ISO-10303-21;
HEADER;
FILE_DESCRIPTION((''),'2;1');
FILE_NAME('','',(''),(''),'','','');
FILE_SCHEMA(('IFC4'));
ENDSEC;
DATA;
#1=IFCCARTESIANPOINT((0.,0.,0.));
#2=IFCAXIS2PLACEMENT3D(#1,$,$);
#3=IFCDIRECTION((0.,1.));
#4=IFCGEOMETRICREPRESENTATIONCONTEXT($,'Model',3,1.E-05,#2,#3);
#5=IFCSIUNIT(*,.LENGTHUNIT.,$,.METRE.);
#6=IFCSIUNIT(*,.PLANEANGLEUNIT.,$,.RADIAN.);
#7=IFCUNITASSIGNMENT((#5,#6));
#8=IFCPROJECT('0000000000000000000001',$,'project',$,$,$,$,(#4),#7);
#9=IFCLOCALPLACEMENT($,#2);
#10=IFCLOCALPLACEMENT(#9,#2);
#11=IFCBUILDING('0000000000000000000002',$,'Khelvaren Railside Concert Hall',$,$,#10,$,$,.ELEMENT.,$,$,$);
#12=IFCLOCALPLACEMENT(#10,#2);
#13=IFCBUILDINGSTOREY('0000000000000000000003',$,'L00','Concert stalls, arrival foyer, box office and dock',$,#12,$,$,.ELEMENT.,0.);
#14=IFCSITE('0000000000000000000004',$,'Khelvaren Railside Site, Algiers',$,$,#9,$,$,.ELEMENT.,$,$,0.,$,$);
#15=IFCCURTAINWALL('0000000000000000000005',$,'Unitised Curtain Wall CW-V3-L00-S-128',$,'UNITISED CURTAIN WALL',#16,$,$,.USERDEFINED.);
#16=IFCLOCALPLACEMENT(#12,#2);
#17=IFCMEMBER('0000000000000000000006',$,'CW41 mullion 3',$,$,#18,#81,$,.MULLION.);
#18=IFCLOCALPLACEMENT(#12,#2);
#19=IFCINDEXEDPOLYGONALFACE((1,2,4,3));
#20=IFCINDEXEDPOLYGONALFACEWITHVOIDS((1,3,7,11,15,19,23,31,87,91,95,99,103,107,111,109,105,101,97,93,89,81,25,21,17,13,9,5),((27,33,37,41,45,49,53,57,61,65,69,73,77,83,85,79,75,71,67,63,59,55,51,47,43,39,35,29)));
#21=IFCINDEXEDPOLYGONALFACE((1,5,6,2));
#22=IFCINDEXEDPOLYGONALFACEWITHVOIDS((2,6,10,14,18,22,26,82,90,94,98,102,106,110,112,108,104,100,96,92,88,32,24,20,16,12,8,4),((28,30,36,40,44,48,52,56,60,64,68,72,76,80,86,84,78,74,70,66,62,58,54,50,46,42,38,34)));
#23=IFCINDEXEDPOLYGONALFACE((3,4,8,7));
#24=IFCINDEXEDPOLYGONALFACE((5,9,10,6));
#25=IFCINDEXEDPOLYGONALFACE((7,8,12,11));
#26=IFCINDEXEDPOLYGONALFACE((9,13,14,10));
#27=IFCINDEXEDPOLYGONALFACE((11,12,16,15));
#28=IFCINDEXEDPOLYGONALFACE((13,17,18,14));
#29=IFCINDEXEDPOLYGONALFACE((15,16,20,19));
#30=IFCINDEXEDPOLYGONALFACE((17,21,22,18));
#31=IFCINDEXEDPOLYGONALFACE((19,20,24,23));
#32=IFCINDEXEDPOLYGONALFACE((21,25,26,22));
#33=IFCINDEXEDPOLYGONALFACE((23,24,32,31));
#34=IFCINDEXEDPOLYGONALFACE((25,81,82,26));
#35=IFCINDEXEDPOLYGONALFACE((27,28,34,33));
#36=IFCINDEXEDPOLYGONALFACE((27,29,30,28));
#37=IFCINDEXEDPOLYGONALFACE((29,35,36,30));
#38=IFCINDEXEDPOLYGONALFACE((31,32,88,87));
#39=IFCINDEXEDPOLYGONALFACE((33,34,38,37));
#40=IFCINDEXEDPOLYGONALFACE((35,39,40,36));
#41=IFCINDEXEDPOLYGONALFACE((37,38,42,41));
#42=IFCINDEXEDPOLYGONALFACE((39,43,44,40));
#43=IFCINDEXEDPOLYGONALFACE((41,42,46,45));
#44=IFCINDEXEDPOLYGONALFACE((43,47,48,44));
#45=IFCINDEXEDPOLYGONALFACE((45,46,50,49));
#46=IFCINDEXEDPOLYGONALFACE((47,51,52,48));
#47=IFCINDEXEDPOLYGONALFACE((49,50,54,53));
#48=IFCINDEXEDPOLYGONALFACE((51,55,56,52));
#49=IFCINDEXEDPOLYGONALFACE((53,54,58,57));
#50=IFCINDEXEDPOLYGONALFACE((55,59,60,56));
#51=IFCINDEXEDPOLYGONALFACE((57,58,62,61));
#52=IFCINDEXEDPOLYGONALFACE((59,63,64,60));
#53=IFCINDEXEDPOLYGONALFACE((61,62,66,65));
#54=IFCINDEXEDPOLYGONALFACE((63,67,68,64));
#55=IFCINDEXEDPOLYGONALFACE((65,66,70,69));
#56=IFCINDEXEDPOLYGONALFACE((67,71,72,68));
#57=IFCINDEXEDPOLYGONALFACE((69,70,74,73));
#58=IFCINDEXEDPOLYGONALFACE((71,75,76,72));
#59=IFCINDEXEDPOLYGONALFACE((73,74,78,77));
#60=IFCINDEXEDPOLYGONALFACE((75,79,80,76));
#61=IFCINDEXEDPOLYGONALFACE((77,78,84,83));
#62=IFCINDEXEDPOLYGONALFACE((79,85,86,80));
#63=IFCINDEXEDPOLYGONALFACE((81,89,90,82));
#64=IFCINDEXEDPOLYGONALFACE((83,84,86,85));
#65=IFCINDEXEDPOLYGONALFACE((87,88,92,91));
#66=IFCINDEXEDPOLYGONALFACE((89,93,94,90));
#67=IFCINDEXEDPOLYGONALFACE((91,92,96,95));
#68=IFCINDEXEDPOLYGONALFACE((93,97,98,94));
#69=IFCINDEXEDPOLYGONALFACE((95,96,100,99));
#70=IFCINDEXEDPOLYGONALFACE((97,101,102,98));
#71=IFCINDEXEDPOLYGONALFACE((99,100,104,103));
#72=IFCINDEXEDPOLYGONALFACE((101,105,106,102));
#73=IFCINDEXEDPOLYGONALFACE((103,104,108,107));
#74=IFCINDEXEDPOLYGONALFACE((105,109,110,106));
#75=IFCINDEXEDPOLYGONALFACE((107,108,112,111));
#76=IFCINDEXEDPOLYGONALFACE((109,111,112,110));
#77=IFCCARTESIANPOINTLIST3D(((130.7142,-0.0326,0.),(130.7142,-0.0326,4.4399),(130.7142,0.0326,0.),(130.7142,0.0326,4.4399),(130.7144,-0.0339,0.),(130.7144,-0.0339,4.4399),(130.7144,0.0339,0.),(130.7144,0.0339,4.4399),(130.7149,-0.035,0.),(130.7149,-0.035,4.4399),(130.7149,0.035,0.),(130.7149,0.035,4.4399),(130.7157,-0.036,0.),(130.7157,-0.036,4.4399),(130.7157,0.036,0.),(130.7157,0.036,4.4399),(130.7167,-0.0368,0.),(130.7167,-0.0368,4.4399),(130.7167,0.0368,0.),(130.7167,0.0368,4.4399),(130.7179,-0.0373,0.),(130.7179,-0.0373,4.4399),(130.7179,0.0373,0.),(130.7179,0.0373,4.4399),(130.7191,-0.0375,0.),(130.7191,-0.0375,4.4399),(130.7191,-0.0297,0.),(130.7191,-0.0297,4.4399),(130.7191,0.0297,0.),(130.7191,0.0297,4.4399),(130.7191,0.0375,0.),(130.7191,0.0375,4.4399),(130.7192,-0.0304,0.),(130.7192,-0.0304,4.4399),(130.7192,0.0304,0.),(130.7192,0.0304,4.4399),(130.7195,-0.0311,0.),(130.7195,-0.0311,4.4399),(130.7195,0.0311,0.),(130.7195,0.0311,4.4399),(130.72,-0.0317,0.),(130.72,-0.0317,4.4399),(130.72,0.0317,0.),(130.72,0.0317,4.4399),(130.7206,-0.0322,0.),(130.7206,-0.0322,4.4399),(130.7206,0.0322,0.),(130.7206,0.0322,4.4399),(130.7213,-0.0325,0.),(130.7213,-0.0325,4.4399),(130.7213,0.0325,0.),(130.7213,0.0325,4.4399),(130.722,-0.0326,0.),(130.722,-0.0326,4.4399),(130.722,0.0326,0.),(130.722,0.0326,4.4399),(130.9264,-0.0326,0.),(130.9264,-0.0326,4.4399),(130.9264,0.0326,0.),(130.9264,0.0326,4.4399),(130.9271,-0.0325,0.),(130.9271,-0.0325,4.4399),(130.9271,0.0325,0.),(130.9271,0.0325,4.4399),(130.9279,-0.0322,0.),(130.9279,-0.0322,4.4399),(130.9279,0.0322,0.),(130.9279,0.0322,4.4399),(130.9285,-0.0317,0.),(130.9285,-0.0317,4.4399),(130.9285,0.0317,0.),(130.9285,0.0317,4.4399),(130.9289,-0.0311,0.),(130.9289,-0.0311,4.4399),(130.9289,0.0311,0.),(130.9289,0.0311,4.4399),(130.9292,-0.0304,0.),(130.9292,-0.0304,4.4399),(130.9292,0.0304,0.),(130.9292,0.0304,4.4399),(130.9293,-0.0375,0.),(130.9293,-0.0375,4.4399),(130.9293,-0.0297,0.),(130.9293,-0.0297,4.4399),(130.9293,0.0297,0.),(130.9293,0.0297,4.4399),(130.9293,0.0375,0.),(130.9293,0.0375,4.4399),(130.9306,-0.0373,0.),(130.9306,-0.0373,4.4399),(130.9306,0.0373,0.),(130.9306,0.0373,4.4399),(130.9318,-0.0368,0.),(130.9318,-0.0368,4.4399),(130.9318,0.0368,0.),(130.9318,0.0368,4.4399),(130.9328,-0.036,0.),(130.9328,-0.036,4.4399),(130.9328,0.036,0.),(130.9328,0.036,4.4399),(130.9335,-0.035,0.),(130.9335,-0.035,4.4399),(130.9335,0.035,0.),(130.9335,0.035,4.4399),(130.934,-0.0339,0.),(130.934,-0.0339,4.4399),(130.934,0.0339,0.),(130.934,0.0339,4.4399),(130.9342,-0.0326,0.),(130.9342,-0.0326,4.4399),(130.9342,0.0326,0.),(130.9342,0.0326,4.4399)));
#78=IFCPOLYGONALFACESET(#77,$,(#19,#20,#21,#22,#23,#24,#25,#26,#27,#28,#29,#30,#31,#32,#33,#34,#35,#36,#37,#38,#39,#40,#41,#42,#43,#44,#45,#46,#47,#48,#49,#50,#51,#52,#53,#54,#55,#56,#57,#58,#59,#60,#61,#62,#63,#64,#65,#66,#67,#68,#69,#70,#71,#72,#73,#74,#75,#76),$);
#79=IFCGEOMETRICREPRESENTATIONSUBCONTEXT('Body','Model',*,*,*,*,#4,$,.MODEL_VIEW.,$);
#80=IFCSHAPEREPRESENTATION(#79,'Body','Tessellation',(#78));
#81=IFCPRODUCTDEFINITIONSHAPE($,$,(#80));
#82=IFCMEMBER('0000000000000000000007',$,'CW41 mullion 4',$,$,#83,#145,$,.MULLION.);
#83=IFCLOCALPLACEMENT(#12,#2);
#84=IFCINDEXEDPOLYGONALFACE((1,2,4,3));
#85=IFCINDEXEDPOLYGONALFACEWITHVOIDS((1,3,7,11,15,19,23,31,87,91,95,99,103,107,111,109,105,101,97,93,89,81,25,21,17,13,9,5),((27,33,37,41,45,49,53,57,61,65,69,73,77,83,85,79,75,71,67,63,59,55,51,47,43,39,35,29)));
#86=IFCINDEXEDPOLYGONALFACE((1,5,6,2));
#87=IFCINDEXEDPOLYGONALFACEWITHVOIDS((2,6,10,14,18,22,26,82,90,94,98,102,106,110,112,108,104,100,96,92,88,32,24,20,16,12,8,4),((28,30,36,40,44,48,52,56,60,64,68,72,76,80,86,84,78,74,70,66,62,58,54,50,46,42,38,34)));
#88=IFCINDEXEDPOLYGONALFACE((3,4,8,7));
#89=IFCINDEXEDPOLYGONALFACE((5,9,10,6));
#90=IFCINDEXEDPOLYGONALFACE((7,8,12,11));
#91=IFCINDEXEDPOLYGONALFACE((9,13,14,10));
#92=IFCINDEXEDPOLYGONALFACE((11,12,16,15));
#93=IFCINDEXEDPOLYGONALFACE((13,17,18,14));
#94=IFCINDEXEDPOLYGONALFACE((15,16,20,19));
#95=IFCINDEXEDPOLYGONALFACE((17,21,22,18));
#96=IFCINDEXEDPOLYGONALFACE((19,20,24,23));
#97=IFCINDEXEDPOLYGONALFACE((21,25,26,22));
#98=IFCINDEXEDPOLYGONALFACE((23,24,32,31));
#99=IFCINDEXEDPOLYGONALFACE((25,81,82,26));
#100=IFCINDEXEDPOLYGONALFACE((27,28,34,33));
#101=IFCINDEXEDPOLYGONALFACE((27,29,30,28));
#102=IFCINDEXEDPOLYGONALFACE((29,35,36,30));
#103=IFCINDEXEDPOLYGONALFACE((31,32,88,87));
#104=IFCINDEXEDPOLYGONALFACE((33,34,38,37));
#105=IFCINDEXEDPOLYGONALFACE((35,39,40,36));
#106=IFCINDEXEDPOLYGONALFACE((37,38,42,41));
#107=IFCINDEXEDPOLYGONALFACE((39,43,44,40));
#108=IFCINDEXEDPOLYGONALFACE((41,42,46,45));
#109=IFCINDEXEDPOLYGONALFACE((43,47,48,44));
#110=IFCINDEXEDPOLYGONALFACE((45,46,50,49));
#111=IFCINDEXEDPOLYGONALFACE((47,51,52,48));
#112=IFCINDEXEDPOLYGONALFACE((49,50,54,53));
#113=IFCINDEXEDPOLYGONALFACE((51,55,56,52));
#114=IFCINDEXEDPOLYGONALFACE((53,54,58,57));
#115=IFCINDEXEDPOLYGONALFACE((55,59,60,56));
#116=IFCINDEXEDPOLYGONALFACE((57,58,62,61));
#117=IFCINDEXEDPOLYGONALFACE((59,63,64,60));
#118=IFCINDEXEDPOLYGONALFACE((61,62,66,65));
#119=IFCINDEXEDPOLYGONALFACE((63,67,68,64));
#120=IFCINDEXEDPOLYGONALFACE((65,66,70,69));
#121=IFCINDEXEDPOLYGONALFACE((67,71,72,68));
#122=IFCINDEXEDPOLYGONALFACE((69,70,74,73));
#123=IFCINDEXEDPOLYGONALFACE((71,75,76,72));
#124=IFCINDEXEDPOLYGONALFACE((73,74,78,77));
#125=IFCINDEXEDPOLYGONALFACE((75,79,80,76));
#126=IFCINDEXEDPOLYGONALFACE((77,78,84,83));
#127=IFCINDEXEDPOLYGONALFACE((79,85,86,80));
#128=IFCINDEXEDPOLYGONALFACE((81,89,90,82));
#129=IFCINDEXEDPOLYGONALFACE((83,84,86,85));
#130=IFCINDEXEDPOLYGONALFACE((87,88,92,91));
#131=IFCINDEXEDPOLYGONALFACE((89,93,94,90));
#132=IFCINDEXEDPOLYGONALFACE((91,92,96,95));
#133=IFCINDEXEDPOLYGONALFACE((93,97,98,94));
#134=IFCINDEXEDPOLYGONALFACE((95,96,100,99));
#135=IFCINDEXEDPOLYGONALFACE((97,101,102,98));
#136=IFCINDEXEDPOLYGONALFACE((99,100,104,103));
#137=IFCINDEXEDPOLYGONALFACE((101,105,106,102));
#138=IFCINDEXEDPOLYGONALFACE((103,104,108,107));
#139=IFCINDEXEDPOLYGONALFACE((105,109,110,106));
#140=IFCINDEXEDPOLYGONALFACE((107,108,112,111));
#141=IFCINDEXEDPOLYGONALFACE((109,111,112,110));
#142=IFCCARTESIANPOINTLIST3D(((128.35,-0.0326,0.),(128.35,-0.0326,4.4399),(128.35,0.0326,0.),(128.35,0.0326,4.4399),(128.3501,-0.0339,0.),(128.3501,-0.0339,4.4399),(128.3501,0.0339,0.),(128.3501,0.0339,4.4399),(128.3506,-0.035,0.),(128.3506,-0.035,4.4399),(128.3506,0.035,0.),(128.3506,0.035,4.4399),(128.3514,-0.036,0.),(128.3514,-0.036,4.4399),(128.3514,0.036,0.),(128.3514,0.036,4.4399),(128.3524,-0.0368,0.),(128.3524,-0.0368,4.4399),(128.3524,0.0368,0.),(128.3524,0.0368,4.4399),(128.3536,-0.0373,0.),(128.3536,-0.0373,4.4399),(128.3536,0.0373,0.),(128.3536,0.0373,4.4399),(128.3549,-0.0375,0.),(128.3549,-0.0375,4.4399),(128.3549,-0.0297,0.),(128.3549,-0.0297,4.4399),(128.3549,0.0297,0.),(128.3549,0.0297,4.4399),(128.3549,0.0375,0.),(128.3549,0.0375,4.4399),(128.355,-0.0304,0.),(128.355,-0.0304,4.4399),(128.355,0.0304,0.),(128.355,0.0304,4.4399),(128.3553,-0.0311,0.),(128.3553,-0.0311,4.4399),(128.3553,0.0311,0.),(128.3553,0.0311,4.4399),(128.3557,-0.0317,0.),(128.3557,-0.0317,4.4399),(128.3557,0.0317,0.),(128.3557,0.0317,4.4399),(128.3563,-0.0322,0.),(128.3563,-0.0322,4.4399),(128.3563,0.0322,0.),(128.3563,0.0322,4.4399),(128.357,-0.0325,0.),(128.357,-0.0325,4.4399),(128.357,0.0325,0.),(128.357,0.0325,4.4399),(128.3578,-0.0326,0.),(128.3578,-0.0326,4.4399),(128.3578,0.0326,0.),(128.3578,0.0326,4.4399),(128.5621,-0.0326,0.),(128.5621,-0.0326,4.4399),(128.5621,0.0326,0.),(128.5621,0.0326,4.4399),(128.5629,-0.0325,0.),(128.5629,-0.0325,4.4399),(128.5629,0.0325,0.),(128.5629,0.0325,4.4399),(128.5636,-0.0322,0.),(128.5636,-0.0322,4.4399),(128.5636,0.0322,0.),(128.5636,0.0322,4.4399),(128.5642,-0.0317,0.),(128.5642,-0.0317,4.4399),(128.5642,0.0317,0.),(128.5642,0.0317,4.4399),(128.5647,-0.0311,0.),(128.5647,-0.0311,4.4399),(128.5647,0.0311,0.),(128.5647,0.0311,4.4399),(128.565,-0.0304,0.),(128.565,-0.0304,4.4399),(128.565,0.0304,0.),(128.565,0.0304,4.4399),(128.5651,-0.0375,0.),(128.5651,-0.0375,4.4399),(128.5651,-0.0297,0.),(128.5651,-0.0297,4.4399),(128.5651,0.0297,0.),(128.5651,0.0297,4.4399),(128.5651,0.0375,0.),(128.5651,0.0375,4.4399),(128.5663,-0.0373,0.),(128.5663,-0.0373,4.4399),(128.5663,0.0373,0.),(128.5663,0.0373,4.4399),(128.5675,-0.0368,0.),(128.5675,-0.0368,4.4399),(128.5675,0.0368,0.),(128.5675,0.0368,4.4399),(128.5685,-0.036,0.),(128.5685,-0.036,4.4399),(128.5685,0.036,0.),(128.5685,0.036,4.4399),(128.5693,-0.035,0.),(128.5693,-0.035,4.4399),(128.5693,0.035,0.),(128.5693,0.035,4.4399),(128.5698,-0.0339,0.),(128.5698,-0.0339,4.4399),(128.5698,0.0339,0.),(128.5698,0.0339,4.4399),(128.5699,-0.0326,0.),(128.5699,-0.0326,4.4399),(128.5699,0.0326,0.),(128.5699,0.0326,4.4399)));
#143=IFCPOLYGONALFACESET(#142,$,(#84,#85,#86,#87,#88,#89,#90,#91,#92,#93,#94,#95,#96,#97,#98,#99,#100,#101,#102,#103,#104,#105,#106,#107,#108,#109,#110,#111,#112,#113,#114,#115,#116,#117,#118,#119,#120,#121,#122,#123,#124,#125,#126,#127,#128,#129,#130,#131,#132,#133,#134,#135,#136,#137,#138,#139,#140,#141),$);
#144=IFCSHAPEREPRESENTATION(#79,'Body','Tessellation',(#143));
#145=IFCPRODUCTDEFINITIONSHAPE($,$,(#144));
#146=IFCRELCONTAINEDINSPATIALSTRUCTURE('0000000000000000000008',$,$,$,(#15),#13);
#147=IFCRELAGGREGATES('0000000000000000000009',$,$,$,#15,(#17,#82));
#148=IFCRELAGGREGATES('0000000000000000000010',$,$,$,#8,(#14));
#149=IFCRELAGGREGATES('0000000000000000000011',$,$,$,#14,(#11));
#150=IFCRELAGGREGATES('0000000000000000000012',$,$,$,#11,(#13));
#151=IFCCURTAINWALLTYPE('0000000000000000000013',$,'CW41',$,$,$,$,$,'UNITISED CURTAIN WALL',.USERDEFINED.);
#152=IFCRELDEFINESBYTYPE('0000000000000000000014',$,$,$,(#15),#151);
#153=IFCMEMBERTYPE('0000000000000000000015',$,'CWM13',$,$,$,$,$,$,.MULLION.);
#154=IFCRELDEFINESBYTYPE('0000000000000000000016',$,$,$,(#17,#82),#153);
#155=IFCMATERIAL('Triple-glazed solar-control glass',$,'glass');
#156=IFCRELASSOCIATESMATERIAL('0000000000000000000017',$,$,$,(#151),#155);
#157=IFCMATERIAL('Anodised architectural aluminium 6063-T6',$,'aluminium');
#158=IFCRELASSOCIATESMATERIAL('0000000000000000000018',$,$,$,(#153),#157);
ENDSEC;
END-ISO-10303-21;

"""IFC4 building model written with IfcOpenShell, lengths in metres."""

from ifc_helpers import new_model, si_unit, direction, frame, origin, origin_2d, place, context, subcontext, project, spatial, hollow_rectangle, extrude, material, material_profile, profile_set, type_object, element, aggregate, save


model = new_model("IFC4")

# Units and contexts
model_context = context("Model", 3, precision=1e-05, world=origin(), true_north=direction((0.0, 1.0)))
body_context = subcontext(model_context, "Body", "Model", "MODEL_VIEW")
ifc_project = project(units=[si_unit("LENGTHUNIT", "METRE"), si_unit("PLANEANGLEUNIT", "RADIAN")], contexts=[model_context])

# Site, building, storey
site_placement = place(None, origin())
site = spatial("IfcSite", under=ifc_project, at=site_placement, Name="Khelvaren Railside Site, Algiers", CompositionType="ELEMENT", RefElevation=0.0)
building_placement = place(site_placement, origin())
building = spatial("IfcBuilding", under=site, at=building_placement, Name="Khelvaren Railside Concert Hall", CompositionType="ELEMENT")
storey_placement = place(building_placement, origin())
storey = spatial("IfcBuildingStorey", under=building, at=storey_placement, Name="L00", Description="Concert stalls, arrival foyer, box office and dock", CompositionType="ELEMENT", Elevation=0.0)

# Curtain wall, members
ifc_material_1 = material(Name="Triple-glazed solar-control glass", Category="glass")
curtain_wall_type = type_object("IfcCurtainWallType", Name="CW41", ElementType="UNITISED CURTAIN WALL", PredefinedType="USERDEFINED", material=ifc_material_1)
curtain_wall_placement = place(storey_placement, origin())
curtain_wall = element("IfcCurtainWall", 1, at=curtain_wall_placement, inside=storey, type_object=curtain_wall_type, Name="Unitised Curtain Wall CW-V3-L00-S-128", ObjectType="UNITISED CURTAIN WALL", PredefinedType="USERDEFINED")
ifc_material_2 = material(Name="Anodised architectural aluminium 6063-T6", Category="aluminium")
ifc_material_profile_1 = material_profile(ifc_material_2, hollow_rectangle(XDim=0.075, YDim=0.22, WallThickness=0.0049, InnerFilletRadius=0.0029, OuterFilletRadius=0.0049, at=origin_2d()), Name="CWM 75x220x5")
ifc_profile_set_1 = profile_set([ifc_material_profile_1], Name="Anodised architectural aluminium 6063-T6")
member_type_1 = type_object("IfcMemberType", Name="CWM13", PredefinedType="MULLION", material=ifc_profile_set_1)
member_1_placement = place(storey_placement, frame((130.8242, 0.0, 0.0), z_axis=(0.0, 0.0, 1.0), x_axis=(0.0, -1.0, 0.0)))
member_1 = element("IfcMember", 2, at=member_1_placement, type_object=member_type_1, Name="CW41 mullion 3", PredefinedType="MULLION", context=body_context, shape_type="SweptSolid", body=[
    extrude(hollow_rectangle(XDim=0.075, YDim=0.22, WallThickness=0.0049, InnerFilletRadius=0.0029, OuterFilletRadius=0.0049, at=origin_2d()), origin(), (0.0, 0.0, 1.0), 4.4399),
])
member_2_placement = place(storey_placement, frame((128.46, 0.0, 0.0), z_axis=(0.0, 0.0, 1.0), x_axis=(0.0, -1.0, 0.0)))
member_2 = element("IfcMember", 3, at=member_2_placement, type_object=member_type_1, Name="CW41 mullion 4", PredefinedType="MULLION", context=body_context, shape_type="SweptSolid", body=[
    extrude(hollow_rectangle(XDim=0.075, YDim=0.22, WallThickness=0.0049, InnerFilletRadius=0.0029, OuterFilletRadius=0.0049, at=origin_2d()), origin(), (0.0, 0.0, 1.0), 4.4399),
])

aggregate(curtain_wall, [member_1, member_2])

save(model, "model.ifc")
